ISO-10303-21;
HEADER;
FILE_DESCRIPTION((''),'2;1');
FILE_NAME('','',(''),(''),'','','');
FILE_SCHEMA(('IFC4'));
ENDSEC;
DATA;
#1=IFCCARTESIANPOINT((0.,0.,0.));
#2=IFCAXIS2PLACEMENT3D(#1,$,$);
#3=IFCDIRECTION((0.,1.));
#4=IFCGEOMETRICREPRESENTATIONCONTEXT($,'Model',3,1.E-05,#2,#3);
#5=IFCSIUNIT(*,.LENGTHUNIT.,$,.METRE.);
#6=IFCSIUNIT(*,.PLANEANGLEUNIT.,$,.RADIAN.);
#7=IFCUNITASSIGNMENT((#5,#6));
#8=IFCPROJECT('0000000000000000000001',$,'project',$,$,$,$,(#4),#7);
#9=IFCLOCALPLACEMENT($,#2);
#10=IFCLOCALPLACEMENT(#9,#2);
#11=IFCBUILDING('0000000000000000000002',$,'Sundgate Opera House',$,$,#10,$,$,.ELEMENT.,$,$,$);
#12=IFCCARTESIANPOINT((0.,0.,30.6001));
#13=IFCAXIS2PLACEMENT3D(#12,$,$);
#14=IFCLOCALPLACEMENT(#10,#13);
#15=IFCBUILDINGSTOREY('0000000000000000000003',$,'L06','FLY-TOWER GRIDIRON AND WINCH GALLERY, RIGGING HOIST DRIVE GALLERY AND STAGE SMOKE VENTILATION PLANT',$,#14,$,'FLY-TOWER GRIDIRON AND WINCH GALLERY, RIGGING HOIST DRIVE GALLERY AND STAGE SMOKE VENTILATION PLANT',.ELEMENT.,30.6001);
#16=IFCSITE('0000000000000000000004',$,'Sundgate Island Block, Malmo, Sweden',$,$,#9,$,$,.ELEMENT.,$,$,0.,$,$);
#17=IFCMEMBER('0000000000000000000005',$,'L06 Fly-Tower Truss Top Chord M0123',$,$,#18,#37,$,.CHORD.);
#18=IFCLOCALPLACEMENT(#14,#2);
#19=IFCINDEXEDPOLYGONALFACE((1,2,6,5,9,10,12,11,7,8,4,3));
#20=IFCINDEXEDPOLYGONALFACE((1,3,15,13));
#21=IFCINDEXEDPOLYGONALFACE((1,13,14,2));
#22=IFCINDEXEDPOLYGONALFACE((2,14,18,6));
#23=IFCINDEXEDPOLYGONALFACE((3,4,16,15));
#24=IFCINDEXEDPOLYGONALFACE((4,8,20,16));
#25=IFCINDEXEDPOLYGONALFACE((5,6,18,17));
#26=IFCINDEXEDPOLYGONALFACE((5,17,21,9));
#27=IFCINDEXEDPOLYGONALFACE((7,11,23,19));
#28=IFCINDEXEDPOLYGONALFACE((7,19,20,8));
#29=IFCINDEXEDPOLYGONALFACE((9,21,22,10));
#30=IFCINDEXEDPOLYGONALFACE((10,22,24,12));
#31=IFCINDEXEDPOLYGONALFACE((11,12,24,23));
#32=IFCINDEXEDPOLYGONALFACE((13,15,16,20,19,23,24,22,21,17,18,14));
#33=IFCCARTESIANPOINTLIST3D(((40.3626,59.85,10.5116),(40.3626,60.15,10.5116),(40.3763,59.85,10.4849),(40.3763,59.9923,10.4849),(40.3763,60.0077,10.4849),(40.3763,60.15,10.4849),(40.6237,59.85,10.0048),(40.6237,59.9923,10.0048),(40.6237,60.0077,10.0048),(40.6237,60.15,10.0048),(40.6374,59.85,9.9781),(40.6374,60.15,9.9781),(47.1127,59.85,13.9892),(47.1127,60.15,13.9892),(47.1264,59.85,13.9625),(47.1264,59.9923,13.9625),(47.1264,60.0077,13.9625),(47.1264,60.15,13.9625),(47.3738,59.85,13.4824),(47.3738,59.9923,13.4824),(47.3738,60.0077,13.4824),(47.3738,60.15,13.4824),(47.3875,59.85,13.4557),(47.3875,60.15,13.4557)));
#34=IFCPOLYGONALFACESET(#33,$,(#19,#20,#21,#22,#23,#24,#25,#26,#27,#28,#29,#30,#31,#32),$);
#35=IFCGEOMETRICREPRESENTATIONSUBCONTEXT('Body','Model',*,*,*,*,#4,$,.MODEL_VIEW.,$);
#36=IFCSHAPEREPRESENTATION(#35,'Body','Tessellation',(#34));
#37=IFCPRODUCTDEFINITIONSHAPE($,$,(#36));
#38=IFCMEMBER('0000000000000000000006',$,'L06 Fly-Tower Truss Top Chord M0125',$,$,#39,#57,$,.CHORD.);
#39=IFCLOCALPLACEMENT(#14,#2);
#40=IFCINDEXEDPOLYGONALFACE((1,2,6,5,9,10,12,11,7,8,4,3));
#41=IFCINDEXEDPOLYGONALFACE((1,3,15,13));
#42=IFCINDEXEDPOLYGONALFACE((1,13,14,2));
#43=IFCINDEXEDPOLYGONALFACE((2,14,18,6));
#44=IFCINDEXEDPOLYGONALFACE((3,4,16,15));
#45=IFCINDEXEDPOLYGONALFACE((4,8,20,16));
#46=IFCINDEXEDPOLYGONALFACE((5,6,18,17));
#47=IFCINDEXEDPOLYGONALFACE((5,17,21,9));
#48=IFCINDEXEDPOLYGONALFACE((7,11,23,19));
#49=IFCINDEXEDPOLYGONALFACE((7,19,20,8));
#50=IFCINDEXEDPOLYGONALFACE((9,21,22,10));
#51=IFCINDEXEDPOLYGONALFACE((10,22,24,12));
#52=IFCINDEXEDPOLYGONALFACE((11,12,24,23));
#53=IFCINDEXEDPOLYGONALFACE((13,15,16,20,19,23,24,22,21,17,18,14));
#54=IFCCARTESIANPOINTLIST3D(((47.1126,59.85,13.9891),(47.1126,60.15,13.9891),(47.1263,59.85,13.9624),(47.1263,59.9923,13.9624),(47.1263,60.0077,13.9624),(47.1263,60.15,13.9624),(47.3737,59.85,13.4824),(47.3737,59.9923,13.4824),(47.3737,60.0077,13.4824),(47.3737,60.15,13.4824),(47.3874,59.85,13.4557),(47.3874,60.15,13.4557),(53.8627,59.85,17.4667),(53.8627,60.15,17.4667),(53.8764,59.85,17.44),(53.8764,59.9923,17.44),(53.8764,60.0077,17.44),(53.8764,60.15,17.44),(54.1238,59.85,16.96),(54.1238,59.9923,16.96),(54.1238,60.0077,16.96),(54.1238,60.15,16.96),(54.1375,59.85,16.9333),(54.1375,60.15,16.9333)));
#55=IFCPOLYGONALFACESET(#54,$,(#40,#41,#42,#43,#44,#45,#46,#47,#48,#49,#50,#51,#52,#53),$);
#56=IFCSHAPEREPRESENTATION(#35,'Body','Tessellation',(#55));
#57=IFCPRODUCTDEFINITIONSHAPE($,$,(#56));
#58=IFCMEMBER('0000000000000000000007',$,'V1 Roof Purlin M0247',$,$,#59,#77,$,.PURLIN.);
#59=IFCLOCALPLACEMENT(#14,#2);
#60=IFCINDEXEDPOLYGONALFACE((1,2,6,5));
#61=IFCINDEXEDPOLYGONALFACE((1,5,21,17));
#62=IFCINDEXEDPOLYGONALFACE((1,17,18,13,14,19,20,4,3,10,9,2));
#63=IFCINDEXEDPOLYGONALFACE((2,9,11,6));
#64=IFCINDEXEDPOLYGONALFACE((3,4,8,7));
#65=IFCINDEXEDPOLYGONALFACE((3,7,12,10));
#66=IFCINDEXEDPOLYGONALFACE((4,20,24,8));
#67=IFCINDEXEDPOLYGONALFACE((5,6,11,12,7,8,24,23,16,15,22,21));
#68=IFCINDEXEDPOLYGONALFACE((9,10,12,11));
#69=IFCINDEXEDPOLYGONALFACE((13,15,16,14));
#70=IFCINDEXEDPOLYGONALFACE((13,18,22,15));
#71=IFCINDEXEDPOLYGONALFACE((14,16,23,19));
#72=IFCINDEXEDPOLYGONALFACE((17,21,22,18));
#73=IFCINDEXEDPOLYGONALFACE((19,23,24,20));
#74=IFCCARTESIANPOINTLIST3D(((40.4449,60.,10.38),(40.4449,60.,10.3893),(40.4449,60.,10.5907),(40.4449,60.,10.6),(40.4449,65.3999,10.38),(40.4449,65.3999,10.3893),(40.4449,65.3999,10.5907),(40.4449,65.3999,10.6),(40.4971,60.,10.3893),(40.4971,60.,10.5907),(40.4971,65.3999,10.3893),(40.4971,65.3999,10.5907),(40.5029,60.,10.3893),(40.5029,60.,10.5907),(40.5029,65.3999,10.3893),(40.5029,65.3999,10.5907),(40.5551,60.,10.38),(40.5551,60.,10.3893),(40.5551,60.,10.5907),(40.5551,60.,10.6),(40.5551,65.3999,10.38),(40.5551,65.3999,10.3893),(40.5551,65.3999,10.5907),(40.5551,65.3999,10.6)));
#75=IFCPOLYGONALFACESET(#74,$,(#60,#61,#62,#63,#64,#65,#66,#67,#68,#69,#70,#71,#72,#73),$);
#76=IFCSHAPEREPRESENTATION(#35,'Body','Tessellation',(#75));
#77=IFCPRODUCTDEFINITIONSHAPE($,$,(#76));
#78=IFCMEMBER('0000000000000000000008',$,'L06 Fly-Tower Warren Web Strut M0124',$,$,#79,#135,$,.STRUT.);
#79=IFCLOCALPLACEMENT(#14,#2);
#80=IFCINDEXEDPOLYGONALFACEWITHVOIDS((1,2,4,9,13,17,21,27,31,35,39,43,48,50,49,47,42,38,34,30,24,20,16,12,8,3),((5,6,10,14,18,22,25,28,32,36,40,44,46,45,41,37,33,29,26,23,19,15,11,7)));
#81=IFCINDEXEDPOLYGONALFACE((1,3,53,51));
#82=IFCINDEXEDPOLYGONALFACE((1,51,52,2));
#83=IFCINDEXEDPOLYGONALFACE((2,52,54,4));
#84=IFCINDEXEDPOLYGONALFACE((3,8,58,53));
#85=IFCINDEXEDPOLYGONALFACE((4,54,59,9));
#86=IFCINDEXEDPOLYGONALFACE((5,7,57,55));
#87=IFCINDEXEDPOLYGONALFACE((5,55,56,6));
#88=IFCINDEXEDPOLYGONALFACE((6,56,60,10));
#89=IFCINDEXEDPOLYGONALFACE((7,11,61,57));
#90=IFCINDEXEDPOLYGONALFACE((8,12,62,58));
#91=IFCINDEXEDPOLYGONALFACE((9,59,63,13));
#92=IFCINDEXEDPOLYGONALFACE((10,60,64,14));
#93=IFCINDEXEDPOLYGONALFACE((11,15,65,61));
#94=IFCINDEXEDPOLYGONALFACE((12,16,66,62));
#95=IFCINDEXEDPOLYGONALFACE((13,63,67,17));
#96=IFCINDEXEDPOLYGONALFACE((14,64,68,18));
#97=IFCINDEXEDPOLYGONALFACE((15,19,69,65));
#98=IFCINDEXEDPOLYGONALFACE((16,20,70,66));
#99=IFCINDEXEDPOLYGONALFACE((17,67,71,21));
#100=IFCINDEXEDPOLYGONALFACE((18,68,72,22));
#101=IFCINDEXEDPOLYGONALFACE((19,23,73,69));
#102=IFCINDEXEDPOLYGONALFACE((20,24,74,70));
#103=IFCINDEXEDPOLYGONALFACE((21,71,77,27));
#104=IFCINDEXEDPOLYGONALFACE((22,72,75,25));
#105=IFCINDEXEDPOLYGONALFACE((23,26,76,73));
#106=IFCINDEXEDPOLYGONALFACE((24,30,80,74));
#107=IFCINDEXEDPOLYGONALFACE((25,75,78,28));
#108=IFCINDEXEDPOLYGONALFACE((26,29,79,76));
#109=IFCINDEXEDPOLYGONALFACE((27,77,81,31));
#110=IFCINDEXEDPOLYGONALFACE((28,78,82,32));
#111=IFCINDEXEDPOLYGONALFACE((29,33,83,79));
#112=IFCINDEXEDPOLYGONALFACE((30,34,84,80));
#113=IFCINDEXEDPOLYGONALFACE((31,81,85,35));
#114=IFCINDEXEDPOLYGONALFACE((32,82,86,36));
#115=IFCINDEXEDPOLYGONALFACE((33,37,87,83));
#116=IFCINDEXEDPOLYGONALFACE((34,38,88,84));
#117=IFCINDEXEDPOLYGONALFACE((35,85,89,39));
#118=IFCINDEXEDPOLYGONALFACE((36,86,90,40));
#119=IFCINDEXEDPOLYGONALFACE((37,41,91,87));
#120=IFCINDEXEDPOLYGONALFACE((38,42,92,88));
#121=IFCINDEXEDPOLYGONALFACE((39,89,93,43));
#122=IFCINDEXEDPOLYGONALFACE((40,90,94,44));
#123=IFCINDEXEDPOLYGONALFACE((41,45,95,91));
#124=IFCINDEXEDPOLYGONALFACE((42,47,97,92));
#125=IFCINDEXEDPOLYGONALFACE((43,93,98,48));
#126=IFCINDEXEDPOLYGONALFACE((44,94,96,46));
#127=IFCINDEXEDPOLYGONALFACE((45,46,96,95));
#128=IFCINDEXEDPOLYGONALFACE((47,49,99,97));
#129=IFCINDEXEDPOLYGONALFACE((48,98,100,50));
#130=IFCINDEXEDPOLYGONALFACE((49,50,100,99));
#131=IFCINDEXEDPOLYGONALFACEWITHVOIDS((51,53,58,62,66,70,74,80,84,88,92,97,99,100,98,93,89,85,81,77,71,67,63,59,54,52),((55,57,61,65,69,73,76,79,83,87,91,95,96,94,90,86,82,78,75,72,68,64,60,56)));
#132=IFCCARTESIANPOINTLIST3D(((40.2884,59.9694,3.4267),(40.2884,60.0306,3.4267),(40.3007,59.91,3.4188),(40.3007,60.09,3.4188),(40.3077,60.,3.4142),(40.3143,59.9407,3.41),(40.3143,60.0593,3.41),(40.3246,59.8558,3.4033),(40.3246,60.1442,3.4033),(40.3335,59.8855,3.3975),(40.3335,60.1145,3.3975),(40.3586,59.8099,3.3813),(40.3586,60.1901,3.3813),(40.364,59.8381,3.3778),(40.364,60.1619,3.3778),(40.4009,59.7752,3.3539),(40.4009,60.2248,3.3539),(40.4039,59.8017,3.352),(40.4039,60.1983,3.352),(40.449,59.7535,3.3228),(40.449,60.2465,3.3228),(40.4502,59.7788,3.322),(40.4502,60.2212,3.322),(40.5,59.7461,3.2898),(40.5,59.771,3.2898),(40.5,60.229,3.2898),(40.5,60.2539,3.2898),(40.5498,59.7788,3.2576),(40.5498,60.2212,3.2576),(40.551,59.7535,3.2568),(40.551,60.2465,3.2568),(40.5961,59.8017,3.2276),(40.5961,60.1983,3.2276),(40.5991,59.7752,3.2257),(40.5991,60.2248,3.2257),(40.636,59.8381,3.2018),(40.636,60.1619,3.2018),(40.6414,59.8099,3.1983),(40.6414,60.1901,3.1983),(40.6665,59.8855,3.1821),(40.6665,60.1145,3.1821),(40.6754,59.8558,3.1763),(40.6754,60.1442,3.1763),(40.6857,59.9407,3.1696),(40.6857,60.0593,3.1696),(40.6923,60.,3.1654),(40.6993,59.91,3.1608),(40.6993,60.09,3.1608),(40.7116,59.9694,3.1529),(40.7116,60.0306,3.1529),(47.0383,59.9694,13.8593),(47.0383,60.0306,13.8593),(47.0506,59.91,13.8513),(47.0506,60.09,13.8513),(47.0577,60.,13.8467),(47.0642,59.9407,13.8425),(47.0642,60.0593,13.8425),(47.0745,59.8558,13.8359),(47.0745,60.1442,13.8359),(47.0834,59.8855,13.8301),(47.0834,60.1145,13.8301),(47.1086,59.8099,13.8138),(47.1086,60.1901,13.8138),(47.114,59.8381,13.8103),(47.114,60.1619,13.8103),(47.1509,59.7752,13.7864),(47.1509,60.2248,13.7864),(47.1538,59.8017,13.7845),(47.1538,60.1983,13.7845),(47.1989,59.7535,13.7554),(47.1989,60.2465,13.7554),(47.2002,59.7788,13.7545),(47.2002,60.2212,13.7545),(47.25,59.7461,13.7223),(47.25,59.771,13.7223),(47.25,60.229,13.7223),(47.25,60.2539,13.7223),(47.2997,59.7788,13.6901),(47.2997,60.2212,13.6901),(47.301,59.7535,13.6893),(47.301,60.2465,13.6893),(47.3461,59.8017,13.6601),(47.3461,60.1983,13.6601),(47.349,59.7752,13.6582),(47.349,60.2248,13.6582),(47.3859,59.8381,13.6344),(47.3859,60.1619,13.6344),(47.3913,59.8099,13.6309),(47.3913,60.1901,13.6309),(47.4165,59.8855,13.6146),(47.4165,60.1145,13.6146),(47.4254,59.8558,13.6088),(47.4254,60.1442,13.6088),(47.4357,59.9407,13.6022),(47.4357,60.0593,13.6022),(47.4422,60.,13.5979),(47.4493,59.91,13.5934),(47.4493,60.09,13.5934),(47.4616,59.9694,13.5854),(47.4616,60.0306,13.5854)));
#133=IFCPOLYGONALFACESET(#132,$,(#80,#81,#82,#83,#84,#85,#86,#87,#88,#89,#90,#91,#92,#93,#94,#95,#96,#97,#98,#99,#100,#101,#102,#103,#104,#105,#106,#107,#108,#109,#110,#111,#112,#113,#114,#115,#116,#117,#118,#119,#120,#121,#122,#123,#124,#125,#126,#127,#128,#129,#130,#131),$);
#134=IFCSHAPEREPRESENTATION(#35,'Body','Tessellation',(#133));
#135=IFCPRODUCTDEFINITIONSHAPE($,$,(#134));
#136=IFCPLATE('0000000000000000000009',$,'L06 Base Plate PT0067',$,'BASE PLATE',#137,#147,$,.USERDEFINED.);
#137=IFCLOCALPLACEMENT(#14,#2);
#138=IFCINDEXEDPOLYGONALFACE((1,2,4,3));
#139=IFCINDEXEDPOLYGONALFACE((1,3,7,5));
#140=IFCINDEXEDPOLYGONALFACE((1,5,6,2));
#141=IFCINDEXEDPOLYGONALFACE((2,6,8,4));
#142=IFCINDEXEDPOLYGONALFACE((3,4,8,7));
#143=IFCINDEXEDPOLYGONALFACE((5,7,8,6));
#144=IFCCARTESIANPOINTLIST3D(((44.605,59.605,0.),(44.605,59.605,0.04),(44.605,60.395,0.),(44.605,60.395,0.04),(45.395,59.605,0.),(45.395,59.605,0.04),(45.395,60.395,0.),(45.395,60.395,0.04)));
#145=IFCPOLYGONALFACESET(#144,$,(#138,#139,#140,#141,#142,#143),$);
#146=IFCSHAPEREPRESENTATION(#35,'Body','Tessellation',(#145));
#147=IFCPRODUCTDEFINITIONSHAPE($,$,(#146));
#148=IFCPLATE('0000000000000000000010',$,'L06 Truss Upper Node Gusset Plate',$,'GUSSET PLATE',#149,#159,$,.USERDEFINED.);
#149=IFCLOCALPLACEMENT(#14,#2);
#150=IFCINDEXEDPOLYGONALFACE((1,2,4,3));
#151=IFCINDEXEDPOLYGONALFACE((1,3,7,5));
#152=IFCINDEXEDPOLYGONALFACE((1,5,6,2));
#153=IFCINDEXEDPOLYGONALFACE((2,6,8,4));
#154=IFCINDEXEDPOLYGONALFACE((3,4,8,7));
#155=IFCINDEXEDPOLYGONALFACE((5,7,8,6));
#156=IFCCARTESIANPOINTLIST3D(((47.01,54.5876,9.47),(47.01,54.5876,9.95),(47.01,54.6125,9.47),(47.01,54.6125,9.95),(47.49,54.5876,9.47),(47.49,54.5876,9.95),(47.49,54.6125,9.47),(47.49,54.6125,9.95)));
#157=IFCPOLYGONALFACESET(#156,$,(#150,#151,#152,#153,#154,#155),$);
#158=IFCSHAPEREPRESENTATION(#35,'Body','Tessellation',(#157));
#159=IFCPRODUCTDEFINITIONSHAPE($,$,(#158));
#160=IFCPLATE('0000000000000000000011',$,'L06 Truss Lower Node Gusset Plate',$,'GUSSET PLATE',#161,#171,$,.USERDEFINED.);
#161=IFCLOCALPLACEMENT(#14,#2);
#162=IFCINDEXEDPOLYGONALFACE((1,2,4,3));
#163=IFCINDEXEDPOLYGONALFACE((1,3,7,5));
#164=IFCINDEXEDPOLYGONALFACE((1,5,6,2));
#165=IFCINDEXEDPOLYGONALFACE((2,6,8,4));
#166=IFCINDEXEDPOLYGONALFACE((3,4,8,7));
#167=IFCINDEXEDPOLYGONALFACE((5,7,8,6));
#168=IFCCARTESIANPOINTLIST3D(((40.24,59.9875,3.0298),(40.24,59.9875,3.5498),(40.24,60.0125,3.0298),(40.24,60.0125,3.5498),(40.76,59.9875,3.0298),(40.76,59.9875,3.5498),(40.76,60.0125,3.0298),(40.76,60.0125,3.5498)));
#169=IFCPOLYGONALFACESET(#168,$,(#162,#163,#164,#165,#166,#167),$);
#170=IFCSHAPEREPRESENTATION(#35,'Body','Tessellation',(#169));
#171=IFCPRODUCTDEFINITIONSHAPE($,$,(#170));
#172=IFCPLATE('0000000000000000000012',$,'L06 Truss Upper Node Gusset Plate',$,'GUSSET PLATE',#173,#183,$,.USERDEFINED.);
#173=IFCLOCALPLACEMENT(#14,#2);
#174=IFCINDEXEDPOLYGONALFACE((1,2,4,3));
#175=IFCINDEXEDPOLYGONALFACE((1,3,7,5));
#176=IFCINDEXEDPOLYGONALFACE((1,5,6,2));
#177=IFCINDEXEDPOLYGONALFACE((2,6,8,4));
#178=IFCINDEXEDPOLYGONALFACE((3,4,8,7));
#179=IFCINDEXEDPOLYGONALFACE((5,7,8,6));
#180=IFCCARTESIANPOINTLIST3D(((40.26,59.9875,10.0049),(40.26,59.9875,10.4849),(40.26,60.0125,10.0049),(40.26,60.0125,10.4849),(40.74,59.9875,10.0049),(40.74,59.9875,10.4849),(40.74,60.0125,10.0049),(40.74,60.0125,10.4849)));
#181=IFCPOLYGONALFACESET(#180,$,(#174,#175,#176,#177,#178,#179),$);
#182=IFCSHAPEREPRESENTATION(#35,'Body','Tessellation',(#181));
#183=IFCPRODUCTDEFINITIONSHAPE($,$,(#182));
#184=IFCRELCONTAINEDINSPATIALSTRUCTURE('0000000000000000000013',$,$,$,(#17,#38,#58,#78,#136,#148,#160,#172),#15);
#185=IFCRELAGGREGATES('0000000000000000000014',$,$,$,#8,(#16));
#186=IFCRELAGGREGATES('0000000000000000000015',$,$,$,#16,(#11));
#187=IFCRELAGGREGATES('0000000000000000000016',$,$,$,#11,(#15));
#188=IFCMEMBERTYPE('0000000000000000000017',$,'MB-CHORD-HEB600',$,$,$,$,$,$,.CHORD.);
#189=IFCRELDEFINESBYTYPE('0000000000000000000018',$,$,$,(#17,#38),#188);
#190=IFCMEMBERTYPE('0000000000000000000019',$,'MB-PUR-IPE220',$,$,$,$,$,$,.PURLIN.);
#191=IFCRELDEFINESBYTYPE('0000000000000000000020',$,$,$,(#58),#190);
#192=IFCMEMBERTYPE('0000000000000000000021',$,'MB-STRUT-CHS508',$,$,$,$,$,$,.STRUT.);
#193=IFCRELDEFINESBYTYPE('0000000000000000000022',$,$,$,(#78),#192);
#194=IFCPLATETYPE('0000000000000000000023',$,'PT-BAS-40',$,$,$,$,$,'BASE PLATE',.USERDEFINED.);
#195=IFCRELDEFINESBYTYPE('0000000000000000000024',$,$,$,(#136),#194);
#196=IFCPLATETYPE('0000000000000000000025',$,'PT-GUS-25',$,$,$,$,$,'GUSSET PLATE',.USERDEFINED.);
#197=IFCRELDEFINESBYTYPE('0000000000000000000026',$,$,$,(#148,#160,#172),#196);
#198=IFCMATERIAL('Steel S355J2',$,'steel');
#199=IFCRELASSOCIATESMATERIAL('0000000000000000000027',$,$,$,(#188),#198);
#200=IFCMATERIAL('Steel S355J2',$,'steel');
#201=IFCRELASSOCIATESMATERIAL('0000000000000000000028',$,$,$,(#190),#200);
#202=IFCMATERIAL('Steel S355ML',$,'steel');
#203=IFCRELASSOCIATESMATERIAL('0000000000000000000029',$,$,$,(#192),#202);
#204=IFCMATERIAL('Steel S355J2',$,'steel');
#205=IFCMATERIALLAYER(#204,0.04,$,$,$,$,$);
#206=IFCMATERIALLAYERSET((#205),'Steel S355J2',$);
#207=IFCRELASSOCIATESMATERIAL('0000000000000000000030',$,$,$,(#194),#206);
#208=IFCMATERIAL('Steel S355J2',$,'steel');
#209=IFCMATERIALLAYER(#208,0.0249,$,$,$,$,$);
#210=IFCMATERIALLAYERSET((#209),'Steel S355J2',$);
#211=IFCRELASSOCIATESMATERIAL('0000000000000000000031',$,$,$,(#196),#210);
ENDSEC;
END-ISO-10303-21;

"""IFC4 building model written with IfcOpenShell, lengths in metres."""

from ifc_helpers import new_model, si_unit, direction, frame, origin, origin_2d, place, context, subcontext, project, spatial, rectangle, hollow_circle, i_section, extrude, material, layer, layer_set, material_profile, profile_set, type_object, element, save


model = new_model("IFC4")

# Units and contexts
model_context = context("Model", 3, precision=1e-05, world=origin(), true_north=direction((0.0, 1.0)))
body_context = subcontext(model_context, "Body", "Model", "MODEL_VIEW")
ifc_project = project(units=[si_unit("LENGTHUNIT", "METRE"), si_unit("PLANEANGLEUNIT", "RADIAN")], contexts=[model_context])

# Site, building, storey
site_placement = place(None, origin())
site = spatial("IfcSite", under=ifc_project, at=site_placement, Name="Sundgate Island Block, Malmo, Sweden", CompositionType="ELEMENT", RefElevation=0.0)
building_placement = place(site_placement, origin())
building = spatial("IfcBuilding", under=site, at=building_placement, Name="Sundgate Opera House", CompositionType="ELEMENT")
storey_placement = place(building_placement, frame((0.0, 0.0, 30.6001)))
storey = spatial("IfcBuildingStorey", under=building, at=storey_placement, Name="L06", Description="FLY-TOWER GRIDIRON AND WINCH GALLERY, RIGGING HOIST DRIVE GALLERY AND STAGE SMOKE VENTILATION PLANT", LongName="FLY-TOWER GRIDIRON AND WINCH GALLERY, RIGGING HOIST DRIVE GALLERY AND STAGE SMOKE VENTILATION PLANT", CompositionType="ELEMENT", Elevation=30.6001)

# Members
ifc_material_1 = material(Name="Steel S355J2", Category="steel")
ifc_material_profile_1 = material_profile(ifc_material_1, i_section(OverallWidth=0.3, OverallDepth=0.6001, WebThickness=0.0154, FlangeThickness=0.03, at=origin_2d()), Name="HEB 600")
ifc_profile_set_1 = profile_set([ifc_material_profile_1], Name="Steel S355J2")
member_type_1 = type_object("IfcMemberType", Name="MB-CHORD-HEB600", PredefinedType="CHORD", material=ifc_profile_set_1)
for number, where, z_axis, x_axis, name in (
    (1, (40.5, 60.0, 10.2449), (0.88896, 0.0, 0.457984), (0.0, 1.0, 0.0), "L06 Fly-Tower Truss Top Chord M0123"),
    (2, (47.25, 60.0, 13.7224), (0.88896, 0.0, 0.457984), (0.0, 1.0, 0.0), "L06 Fly-Tower Truss Top Chord M0125"),
):
    element("IfcMember", number, at=place(storey_placement, frame(where, z_axis=z_axis, x_axis=x_axis)), inside=storey, type_object=member_type_1, Name=name, PredefinedType="CHORD", context=body_context, shape_type="SweptSolid", body=[
        extrude(i_section(OverallWidth=0.3, OverallDepth=0.6001, WebThickness=0.0154, FlangeThickness=0.03, at=origin_2d()), origin(), (0.0, 0.0, 1.0), 7.5933),
    ])
ifc_material_2 = material(Name="Steel S355J2", Category="steel")
ifc_material_profile_2 = material_profile(ifc_material_2, i_section(OverallWidth=0.1101, OverallDepth=0.22, WebThickness=0.0059, FlangeThickness=0.0093, at=origin_2d()), Name="IPE 220")
ifc_profile_set_2 = profile_set([ifc_material_profile_2], Name="Steel S355J2")
member_type_2 = type_object("IfcMemberType", Name="MB-PUR-IPE220", PredefinedType="PURLIN", material=ifc_profile_set_2)
member_1_placement = place(storey_placement, frame((40.5, 60.0, 10.49), z_axis=(0.0, 1.0, 0.0), x_axis=(-1.0, 0.0, 0.0)))
element("IfcMember", 3, at=member_1_placement, inside=storey, type_object=member_type_2, Name="V1 Roof Purlin M0247", PredefinedType="PURLIN", context=body_context, shape_type="SweptSolid", body=[
    extrude(i_section(OverallWidth=0.1101, OverallDepth=0.22, WebThickness=0.0059, FlangeThickness=0.0093, at=origin_2d()), origin(), (0.0, 0.0, 1.0), 5.3999),
])
ifc_material_3 = material(Name="Steel S355ML", Category="steel")
ifc_material_profile_3 = material_profile(ifc_material_3, hollow_circle(Radius=0.2539, WallThickness=0.0249, at=origin_2d()), Name="CHS 508x25.0")
ifc_profile_set_3 = profile_set([ifc_material_profile_3], Name="Steel S355ML")
member_type_3 = type_object("IfcMemberType", Name="MB-STRUT-CHS508", PredefinedType="STRUT", material=ifc_profile_set_3)
member_2_placement = place(storey_placement, frame((40.5, 60.0, 3.2898), z_axis=(0.543222, 0.0, 0.839589), x_axis=(0.0, 1.0, 0.0)))
element("IfcMember", 4, at=member_2_placement, inside=storey, type_object=member_type_3, Name="L06 Fly-Tower Warren Web Strut M0124", PredefinedType="STRUT", context=body_context, shape_type="SweptSolid", body=[
    extrude(hollow_circle(Radius=0.2539, WallThickness=0.0249, at=origin_2d()), origin(), (0.0, 0.0, 1.0), 12.4258),
])

# Plates
ifc_material_4 = material(Name="Steel S355J2", Category="steel")
ifc_layer_1 = layer(ifc_material_4, 0.04)
ifc_layer_set_1 = layer_set([ifc_layer_1], Name="Steel S355J2")
plate_type_1 = type_object("IfcPlateType", Name="PT-BAS-40", ElementType="BASE PLATE", PredefinedType="USERDEFINED", material=ifc_layer_set_1)
plate_1_placement = place(storey_placement, frame((45.0, 60.0, 0.0), z_axis=(0.0, 0.0, 1.0), x_axis=(1.0, 0.0, 0.0)))
element("IfcPlate", 5, at=plate_1_placement, inside=storey, type_object=plate_type_1, Name="L06 Base Plate PT0067", ObjectType="BASE PLATE", PredefinedType="USERDEFINED", context=body_context, shape_type="SweptSolid", body=[
    extrude(rectangle(XDim=0.79, YDim=0.79, at=origin_2d()), origin(), (0.0, 0.0, 1.0), 0.04),
])
ifc_material_5 = material(Name="Steel S355J2", Category="steel")
ifc_layer_2 = layer(ifc_material_5, 0.0249)
ifc_layer_set_2 = layer_set([ifc_layer_2], Name="Steel S355J2")
plate_type_2 = type_object("IfcPlateType", Name="PT-GUS-25", ElementType="GUSSET PLATE", PredefinedType="USERDEFINED", material=ifc_layer_set_2)
plate_2_placement = place(storey_placement, frame((47.25, 54.6001, 9.47), z_axis=(0.0, 0.0, 1.0), x_axis=(1.0, 0.0, 0.0)))
element("IfcPlate", 6, at=plate_2_placement, inside=storey, type_object=plate_type_2, Name="L06 Truss Upper Node Gusset Plate", ObjectType="GUSSET PLATE", PredefinedType="USERDEFINED", context=body_context, shape_type="SweptSolid", body=[
    extrude(rectangle(XDim=0.48, YDim=0.0249, at=origin_2d()), origin(), (0.0, 0.0, 1.0), 0.48),
])
plate_3_placement = place(storey_placement, frame((40.5, 60.0, 3.0298), z_axis=(0.0, 0.0, 1.0), x_axis=(1.0, 0.0, 0.0)))
element("IfcPlate", 7, at=plate_3_placement, inside=storey, type_object=plate_type_2, Name="L06 Truss Lower Node Gusset Plate", ObjectType="GUSSET PLATE", PredefinedType="USERDEFINED", context=body_context, shape_type="SweptSolid", body=[
    extrude(rectangle(XDim=0.52, YDim=0.0249, at=origin_2d()), origin(), (0.0, 0.0, 1.0), 0.52),
])
plate_4_placement = place(storey_placement, frame((40.5, 60.0, 10.0049), z_axis=(0.0, 0.0, 1.0), x_axis=(1.0, 0.0, 0.0)))
element("IfcPlate", 8, at=plate_4_placement, inside=storey, type_object=plate_type_2, Name="L06 Truss Upper Node Gusset Plate", ObjectType="GUSSET PLATE", PredefinedType="USERDEFINED", context=body_context, shape_type="SweptSolid", body=[
    extrude(rectangle(XDim=0.48, YDim=0.0249, at=origin_2d()), origin(), (0.0, 0.0, 1.0), 0.48),
])

save(model, "model.ifc")
